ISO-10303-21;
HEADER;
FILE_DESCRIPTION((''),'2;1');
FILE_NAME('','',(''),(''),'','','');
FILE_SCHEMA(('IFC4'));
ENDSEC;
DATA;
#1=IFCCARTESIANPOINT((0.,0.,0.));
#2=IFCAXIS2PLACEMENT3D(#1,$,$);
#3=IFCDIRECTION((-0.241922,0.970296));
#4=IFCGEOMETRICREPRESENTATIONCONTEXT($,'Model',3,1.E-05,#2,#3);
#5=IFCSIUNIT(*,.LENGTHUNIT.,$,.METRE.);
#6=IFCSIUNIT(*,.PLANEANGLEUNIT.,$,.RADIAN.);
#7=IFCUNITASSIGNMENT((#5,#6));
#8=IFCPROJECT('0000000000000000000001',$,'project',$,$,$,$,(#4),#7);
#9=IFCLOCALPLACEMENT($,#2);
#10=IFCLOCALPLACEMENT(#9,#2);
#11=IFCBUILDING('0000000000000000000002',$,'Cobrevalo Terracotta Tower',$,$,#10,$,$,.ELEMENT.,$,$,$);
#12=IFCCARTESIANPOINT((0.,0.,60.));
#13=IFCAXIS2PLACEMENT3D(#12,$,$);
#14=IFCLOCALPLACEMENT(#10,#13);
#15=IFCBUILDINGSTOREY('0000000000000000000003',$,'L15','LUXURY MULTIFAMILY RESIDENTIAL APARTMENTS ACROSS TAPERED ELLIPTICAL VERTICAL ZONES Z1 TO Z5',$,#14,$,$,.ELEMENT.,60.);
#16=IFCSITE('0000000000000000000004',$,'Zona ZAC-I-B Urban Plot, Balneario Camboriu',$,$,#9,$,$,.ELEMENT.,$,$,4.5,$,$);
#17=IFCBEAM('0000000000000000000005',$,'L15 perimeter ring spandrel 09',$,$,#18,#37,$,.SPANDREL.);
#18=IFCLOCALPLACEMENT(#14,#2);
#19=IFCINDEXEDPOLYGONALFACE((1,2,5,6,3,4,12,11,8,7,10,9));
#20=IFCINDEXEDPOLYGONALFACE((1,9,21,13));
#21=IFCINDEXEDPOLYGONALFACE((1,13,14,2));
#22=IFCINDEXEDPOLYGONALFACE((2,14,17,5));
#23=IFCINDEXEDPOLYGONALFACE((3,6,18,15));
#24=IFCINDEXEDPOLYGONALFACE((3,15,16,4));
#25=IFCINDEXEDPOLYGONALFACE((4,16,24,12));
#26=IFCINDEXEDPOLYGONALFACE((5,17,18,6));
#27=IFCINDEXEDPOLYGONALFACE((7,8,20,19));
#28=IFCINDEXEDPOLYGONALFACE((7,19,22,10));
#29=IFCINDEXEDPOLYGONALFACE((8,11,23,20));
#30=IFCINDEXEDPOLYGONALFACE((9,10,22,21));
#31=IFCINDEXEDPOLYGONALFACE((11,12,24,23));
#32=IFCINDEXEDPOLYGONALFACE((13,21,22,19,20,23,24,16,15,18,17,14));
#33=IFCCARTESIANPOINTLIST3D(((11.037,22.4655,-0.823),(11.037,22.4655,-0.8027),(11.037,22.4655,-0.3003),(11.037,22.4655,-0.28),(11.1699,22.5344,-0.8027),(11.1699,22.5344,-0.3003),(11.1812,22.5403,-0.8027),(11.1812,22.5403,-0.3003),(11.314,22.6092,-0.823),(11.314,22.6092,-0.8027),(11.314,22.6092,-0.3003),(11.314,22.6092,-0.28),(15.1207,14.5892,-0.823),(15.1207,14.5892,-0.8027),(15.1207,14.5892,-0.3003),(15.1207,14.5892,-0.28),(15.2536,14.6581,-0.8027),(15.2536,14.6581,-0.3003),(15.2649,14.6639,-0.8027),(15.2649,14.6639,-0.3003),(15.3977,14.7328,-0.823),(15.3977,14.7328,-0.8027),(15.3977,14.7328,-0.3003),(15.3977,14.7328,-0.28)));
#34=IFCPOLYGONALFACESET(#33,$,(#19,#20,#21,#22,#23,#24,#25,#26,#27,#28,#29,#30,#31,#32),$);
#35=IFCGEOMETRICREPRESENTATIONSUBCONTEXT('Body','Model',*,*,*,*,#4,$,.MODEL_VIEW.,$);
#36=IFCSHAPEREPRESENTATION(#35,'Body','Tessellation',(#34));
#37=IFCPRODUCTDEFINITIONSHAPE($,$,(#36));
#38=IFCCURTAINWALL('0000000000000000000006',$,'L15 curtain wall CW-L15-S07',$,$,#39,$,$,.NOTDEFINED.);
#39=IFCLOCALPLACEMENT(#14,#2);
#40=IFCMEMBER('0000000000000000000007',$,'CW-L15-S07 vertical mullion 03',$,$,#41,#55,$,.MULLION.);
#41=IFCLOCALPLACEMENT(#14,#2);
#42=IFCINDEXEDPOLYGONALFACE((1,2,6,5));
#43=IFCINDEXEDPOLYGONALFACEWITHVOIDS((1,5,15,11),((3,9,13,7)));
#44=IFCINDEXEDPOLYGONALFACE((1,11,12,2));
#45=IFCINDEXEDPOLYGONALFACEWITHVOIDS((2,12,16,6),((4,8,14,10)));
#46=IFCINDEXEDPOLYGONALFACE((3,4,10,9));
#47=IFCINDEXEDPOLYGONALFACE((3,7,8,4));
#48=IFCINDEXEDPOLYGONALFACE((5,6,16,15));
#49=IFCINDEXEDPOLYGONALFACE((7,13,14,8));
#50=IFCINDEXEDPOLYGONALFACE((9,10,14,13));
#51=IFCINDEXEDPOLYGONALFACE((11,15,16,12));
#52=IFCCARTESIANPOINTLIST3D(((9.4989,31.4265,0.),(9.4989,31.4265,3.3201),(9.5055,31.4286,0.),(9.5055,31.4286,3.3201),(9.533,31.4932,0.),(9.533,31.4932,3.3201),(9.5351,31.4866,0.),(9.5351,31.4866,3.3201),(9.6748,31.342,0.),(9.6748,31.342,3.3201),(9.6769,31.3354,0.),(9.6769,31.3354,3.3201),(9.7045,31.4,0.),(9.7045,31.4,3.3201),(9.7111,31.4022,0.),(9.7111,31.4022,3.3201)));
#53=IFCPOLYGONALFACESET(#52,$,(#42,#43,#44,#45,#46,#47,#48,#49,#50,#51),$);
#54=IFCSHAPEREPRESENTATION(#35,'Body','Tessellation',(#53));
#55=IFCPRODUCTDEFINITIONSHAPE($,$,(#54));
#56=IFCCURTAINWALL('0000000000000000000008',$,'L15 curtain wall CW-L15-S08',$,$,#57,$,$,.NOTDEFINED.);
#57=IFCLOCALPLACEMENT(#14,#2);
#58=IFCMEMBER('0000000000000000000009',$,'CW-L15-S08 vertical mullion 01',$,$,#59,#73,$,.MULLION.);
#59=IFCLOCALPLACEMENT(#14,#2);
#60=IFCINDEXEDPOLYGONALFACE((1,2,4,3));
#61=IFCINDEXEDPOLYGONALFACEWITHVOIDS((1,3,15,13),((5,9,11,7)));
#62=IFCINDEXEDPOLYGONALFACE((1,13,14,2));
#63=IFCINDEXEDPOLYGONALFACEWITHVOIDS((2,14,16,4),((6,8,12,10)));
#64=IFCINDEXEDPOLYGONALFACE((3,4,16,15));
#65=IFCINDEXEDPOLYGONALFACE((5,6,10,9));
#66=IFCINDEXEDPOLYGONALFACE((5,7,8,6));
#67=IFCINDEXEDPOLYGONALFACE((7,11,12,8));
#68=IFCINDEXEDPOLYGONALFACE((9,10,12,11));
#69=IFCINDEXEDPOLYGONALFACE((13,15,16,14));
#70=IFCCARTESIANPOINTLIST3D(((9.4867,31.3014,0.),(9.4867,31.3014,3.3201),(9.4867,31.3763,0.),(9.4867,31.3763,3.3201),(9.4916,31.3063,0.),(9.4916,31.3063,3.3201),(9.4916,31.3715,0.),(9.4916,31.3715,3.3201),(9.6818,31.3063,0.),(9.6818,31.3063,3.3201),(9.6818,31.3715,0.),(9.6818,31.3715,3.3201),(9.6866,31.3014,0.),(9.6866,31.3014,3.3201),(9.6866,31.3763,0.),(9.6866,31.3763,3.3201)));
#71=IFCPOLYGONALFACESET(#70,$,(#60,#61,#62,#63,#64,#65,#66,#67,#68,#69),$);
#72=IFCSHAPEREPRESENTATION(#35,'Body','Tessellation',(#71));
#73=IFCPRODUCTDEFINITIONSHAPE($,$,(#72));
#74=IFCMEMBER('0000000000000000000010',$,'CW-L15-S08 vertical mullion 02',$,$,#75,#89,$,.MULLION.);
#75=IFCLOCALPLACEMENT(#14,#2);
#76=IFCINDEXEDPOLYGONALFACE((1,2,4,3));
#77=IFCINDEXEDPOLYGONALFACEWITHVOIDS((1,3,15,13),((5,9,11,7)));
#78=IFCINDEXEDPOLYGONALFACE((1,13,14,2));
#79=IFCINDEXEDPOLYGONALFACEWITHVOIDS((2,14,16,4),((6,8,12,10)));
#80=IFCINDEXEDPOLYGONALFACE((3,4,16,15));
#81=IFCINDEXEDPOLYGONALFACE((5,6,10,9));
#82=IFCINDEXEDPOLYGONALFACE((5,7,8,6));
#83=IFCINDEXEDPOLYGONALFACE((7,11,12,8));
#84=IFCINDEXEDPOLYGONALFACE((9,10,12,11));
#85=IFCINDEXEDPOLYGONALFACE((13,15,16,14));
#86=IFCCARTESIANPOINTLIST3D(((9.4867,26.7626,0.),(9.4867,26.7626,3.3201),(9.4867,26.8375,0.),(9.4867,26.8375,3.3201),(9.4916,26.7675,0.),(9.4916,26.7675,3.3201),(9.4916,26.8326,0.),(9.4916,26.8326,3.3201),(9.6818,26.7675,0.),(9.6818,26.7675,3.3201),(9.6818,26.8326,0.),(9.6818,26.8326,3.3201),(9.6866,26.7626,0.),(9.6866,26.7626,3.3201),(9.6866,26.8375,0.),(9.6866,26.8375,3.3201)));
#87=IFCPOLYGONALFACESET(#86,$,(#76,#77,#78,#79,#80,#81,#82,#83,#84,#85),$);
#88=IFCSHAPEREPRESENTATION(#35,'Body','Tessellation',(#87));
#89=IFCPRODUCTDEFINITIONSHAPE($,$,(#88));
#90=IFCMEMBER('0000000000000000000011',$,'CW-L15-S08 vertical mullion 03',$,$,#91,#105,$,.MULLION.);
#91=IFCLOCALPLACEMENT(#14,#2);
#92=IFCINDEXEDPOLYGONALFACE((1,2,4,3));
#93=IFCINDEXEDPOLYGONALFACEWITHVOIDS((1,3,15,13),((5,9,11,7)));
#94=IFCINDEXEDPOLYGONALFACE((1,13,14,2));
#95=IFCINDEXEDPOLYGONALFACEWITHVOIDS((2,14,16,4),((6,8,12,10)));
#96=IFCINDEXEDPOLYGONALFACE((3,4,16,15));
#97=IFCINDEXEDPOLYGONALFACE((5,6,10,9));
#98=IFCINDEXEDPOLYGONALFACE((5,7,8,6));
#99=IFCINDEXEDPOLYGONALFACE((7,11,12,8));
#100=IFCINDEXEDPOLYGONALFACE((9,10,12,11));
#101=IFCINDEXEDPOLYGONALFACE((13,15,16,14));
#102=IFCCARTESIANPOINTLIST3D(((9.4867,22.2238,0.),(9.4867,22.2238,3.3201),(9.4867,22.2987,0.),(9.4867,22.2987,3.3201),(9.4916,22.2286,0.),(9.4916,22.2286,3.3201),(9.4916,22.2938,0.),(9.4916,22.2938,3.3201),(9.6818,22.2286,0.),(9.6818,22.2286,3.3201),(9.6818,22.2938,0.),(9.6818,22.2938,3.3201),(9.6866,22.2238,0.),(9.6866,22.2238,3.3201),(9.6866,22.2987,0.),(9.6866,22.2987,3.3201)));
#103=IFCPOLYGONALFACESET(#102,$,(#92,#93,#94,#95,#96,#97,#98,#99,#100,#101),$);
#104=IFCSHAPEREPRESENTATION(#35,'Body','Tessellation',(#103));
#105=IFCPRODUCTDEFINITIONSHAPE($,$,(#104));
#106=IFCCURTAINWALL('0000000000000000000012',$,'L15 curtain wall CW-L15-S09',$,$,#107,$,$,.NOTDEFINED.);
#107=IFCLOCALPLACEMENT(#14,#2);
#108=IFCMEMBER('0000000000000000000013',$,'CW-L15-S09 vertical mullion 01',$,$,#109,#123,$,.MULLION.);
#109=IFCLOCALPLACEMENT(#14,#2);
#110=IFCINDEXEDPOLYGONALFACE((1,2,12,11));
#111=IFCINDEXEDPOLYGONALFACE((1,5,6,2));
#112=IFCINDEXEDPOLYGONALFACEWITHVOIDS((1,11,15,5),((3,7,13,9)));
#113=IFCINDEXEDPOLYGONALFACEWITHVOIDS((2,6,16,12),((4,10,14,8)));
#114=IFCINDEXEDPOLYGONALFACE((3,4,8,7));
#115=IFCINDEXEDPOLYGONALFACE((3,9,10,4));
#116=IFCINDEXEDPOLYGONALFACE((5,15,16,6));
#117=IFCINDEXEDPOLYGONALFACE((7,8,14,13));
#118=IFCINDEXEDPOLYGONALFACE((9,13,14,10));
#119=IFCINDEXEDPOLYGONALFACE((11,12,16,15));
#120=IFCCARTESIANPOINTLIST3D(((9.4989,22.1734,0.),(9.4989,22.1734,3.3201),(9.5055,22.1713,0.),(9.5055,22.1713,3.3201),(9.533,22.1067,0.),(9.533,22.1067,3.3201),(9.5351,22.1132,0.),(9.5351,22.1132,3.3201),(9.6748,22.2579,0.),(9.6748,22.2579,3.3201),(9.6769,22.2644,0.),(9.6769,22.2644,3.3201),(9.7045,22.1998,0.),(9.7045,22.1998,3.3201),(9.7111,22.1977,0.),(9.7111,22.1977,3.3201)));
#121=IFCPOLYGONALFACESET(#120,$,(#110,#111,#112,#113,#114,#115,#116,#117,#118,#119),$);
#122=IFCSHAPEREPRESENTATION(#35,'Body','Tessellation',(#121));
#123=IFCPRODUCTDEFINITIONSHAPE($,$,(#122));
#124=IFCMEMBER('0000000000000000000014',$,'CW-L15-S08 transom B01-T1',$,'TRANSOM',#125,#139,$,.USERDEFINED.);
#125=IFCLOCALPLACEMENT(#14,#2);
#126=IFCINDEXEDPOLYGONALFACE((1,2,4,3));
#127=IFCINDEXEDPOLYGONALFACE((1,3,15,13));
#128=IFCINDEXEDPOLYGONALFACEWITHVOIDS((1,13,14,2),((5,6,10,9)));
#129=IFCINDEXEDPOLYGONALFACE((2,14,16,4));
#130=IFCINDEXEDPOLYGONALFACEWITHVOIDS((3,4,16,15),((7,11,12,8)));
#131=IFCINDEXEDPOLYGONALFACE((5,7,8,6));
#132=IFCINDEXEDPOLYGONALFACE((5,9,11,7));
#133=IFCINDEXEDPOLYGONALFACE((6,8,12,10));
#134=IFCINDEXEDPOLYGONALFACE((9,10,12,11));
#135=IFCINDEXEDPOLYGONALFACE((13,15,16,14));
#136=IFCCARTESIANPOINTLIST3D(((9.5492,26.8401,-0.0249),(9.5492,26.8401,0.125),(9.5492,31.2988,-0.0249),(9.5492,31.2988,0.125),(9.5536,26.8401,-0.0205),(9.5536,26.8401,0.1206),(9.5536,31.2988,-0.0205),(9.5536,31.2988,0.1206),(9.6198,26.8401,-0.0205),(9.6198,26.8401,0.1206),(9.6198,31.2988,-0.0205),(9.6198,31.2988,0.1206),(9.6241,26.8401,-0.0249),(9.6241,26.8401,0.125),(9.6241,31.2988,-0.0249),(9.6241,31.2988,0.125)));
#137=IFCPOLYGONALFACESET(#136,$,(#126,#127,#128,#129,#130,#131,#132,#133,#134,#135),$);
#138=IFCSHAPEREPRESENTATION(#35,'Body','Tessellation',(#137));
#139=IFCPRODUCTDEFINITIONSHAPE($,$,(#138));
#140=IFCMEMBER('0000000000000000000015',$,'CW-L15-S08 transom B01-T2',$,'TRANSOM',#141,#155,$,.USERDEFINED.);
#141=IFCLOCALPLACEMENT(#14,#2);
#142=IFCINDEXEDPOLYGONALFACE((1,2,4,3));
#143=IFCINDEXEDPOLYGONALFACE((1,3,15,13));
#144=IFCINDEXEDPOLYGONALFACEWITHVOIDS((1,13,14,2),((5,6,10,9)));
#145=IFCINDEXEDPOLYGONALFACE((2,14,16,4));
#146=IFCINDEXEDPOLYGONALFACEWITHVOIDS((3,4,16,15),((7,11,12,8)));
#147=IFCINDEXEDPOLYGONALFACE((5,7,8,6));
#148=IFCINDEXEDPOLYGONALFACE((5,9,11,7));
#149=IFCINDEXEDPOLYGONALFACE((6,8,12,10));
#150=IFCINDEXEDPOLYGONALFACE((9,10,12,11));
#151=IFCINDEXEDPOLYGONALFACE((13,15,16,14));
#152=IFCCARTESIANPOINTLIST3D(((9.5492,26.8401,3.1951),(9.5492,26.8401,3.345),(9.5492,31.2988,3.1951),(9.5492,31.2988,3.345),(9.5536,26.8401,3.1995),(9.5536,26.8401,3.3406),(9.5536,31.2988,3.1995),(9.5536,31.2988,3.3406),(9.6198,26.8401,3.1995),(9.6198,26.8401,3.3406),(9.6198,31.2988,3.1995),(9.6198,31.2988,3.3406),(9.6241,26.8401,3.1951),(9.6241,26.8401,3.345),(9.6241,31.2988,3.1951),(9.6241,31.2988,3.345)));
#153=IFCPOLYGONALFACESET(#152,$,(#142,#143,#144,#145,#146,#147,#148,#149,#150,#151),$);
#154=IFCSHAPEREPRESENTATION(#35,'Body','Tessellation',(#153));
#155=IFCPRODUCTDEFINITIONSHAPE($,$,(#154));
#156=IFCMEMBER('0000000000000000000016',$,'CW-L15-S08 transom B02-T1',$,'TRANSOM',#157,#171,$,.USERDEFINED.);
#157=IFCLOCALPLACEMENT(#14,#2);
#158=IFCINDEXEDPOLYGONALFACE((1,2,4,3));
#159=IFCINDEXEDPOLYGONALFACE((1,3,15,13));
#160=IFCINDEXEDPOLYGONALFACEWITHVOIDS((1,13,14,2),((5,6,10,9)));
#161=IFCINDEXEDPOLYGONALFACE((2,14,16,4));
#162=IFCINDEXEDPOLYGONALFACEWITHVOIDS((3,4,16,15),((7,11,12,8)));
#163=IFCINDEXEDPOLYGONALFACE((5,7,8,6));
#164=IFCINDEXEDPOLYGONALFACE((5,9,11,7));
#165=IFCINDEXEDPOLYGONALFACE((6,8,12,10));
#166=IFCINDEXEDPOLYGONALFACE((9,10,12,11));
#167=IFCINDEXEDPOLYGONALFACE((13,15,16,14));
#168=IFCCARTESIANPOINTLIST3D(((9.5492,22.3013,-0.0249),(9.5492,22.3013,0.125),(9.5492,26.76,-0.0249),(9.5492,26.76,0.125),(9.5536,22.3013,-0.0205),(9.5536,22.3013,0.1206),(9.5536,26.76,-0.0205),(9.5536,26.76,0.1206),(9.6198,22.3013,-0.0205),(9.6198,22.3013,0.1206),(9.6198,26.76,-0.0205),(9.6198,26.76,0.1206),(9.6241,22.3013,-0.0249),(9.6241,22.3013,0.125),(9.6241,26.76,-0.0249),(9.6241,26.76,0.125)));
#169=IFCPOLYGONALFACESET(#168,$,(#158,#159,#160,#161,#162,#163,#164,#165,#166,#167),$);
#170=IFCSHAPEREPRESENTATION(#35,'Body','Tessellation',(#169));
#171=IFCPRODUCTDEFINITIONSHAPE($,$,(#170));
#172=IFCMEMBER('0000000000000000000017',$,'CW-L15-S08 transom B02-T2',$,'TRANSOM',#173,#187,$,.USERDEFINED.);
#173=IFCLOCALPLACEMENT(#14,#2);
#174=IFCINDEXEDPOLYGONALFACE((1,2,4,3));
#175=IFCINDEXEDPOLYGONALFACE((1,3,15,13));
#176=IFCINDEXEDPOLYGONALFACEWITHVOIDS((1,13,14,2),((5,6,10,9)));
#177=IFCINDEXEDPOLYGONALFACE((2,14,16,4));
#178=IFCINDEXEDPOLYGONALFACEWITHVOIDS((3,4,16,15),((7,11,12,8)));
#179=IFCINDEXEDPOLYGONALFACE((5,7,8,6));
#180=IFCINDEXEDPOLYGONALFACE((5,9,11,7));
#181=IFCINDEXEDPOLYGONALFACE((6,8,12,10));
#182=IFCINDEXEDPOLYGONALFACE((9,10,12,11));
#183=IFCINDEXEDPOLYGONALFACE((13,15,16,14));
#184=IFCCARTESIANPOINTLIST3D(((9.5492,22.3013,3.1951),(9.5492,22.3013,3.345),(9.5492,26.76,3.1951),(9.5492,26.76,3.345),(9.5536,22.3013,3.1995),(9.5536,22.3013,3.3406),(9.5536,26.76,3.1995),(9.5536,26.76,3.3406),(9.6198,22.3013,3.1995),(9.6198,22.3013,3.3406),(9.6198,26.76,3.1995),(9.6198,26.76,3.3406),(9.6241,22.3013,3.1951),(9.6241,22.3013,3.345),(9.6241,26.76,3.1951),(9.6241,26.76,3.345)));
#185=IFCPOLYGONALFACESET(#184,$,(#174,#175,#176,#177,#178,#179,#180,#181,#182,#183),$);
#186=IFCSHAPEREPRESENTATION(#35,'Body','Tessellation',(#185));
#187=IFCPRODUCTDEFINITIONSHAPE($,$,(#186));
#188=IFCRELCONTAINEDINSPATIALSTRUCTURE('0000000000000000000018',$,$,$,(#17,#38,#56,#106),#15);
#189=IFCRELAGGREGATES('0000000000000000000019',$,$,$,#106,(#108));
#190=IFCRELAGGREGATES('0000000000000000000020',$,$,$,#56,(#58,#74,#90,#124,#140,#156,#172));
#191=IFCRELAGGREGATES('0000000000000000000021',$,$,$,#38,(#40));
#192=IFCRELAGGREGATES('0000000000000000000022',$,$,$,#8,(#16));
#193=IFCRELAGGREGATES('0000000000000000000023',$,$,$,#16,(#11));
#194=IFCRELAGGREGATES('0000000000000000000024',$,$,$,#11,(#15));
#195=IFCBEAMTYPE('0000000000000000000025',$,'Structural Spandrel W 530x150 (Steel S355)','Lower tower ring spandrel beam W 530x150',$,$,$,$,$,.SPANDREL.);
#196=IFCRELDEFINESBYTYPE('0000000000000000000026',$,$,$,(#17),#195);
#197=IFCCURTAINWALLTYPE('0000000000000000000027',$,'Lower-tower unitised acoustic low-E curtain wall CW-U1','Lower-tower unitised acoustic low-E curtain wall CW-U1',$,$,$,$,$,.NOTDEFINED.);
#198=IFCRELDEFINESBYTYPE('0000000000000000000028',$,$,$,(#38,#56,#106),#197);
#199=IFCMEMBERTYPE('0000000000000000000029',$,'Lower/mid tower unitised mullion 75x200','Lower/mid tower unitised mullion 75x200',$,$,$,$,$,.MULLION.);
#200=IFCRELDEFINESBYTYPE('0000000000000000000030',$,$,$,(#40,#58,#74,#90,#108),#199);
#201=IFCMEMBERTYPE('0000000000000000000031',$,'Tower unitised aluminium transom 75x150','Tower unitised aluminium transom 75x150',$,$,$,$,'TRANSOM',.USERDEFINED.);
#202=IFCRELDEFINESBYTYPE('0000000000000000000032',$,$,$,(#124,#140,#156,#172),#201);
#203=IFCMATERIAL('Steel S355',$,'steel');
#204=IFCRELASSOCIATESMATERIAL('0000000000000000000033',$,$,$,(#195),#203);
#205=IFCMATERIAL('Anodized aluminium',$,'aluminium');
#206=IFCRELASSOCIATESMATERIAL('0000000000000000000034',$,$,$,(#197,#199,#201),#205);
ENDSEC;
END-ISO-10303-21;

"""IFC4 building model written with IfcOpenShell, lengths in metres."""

from ifc_helpers import new_model, si_unit, direction, frame, origin, origin_2d, place, context, subcontext, project, spatial, hollow_rectangle, i_section, extrude, source, transform, mapped, material, material_profile, profile_set, type_object, element, aggregate, save


model = new_model("IFC4")

# Units and contexts
model_context = context("Model", 3, precision=1e-05, world=origin(), true_north=direction((-0.241922, 0.970296)))
body_context = subcontext(model_context, "Body", "Model", "MODEL_VIEW")
ifc_project = project(units=[si_unit("LENGTHUNIT", "METRE"), si_unit("PLANEANGLEUNIT", "RADIAN")], contexts=[model_context])

# Site, building, storey
site_placement = place(None, origin())
site = spatial("IfcSite", under=ifc_project, at=site_placement, Name="Zona ZAC-I-B Urban Plot, Balneario Camboriu", CompositionType="ELEMENT", RefElevation=4.5)
building_placement = place(site_placement, origin())
building = spatial("IfcBuilding", under=site, at=building_placement, Name="Cobrevalo Terracotta Tower", CompositionType="ELEMENT")
storey_placement = place(building_placement, frame((0.0, 0.0, 60.0)))
storey = spatial("IfcBuildingStorey", under=building, at=storey_placement, Name="L15", Description="LUXURY MULTIFAMILY RESIDENTIAL APARTMENTS ACROSS TAPERED ELLIPTICAL VERTICAL ZONES Z1 TO Z5", CompositionType="ELEMENT", Elevation=60.0)

# Shared definitions
ifc_material_1 = material(Name="Steel S355", Category="steel")

# Beam
ifc_material_profile_1 = material_profile(ifc_material_1, i_section(OverallWidth=0.312, OverallDepth=0.543, WebThickness=0.0127, FlangeThickness=0.0203, at=origin_2d()), Name="W 530x150")
ifc_profile_set_1 = profile_set([ifc_material_profile_1], Name="Steel S355")
beam_type_1 = type_object("IfcBeamType", Name="Structural Spandrel W 530x150 (Steel S355)", Description="Lower tower ring spandrel beam W 530x150", PredefinedType="SPANDREL", material=ifc_profile_set_1)
beam_1_placement = place(storey_placement, frame((11.1755, 22.5374, -0.5515), z_axis=(0.460286, -0.887771, 0.0), x_axis=(0.887771, 0.460286, 0.0)))
element("IfcBeam", 1, at=beam_1_placement, inside=storey, type_object=beam_type_1, Name="L15 perimeter ring spandrel 09", PredefinedType="SPANDREL", context=body_context, shape_type="SweptSolid", body=[
    extrude(i_section(OverallWidth=0.312, OverallDepth=0.543, WebThickness=0.0127, FlangeThickness=0.0203, at=origin_2d()), origin(), (0.0, 0.0, 1.0), 8.8721),
])

# Curtain wall, member
ifc_material_2 = material(Name="Anodized aluminium", Category="aluminium")
curtain_wall_type = type_object("IfcCurtainWallType", Name="Lower-tower unitised acoustic low-E curtain wall CW-U1", Description="Lower-tower unitised acoustic low-E curtain wall CW-U1", PredefinedType="NOTDEFINED", material=ifc_material_2)
curtain_wall_1_placement = place(storey_placement, origin())
curtain_wall_1 = element("IfcCurtainWall", 2, at=curtain_wall_1_placement, inside=storey, type_object=curtain_wall_type, Name="L15 curtain wall CW-L15-S07", PredefinedType="NOTDEFINED")
ifc_material_profile_2 = material_profile(ifc_material_2, hollow_rectangle(XDim=0.075, YDim=0.2, WallThickness=0.0049, at=origin_2d()), Name="CWM 75x200")
ifc_profile_set_2 = profile_set([ifc_material_profile_2], Name="Anodized aluminium")
member_type_1 = type_object("IfcMemberType", Name="Lower/mid tower unitised mullion 75x200", Description="Lower/mid tower unitised mullion 75x200", PredefinedType="MULLION", material=ifc_profile_set_2)
shared_shape_1 = source(origin(), body_context, "Body", "SweptSolid", [
    extrude(hollow_rectangle(XDim=0.075, YDim=0.2, WallThickness=0.0049, at=origin_2d()), origin(), (0.0, 0.0, 1.0), 3.3201),
])
member_1_placement = place(storey_placement, frame((9.605, 31.4143, 0.0), z_axis=(0.0, 0.0, 1.0), x_axis=(-0.455234, -0.890372, 0.0)))
member_1 = element("IfcMember", 3, at=member_1_placement, type_object=member_type_1, Name="CW-L15-S07 vertical mullion 03", PredefinedType="MULLION", context=body_context, shape_type="MappedRepresentation", body=[
    mapped(shared_shape_1, transform((0.0, 0.0, 0.0), scale=1.0)),
])

# Curtain wall, members
curtain_wall_2_placement = place(storey_placement, origin())
curtain_wall_2 = element("IfcCurtainWall", 4, at=curtain_wall_2_placement, inside=storey, type_object=curtain_wall_type, Name="L15 curtain wall CW-L15-S08", PredefinedType="NOTDEFINED")
member_2_placement = place(storey_placement, frame((9.5867, 31.3389, 0.0), z_axis=(0.0, 0.0, 1.0), x_axis=(0.0, -1.0, 0.0)))
member_2 = element("IfcMember", 5, at=member_2_placement, type_object=member_type_1, Name="CW-L15-S08 vertical mullion 01", PredefinedType="MULLION", context=body_context, shape_type="MappedRepresentation", body=[
    mapped(shared_shape_1, transform((0.0, 0.0, 0.0), scale=1.0)),
])
member_3_placement = place(storey_placement, frame((9.5867, 26.8, 0.0), z_axis=(0.0, 0.0, 1.0), x_axis=(0.0, -1.0, 0.0)))
member_3 = element("IfcMember", 6, at=member_3_placement, type_object=member_type_1, Name="CW-L15-S08 vertical mullion 02", PredefinedType="MULLION", context=body_context, shape_type="MappedRepresentation", body=[
    mapped(shared_shape_1, transform((0.0, 0.0, 0.0), scale=1.0)),
])
member_4_placement = place(storey_placement, frame((9.5867, 22.2612, 0.0), z_axis=(0.0, 0.0, 1.0), x_axis=(0.0, -1.0, 0.0)))
member_4 = element("IfcMember", 7, at=member_4_placement, type_object=member_type_1, Name="CW-L15-S08 vertical mullion 03", PredefinedType="MULLION", context=body_context, shape_type="MappedRepresentation", body=[
    mapped(shared_shape_1, transform((0.0, 0.0, 0.0), scale=1.0)),
])

# Curtain wall, member
curtain_wall_3_placement = place(storey_placement, origin())
curtain_wall_3 = element("IfcCurtainWall", 8, at=curtain_wall_3_placement, inside=storey, type_object=curtain_wall_type, Name="L15 curtain wall CW-L15-S09", PredefinedType="NOTDEFINED")
member_5_placement = place(storey_placement, frame((9.605, 22.1855, 0.0), z_axis=(0.0, 0.0, 1.0), x_axis=(0.455234, -0.890372, 0.0)))
member_5 = element("IfcMember", 9, at=member_5_placement, type_object=member_type_1, Name="CW-L15-S09 vertical mullion 01", PredefinedType="MULLION", context=body_context, shape_type="MappedRepresentation", body=[
    mapped(shared_shape_1, transform((0.0, 0.0, 0.0), scale=1.0)),
])
aggregate(curtain_wall_3, [member_5])

# Members
ifc_material_profile_3 = material_profile(ifc_material_2, hollow_rectangle(XDim=0.075, YDim=0.1499, WallThickness=0.0044, at=origin_2d()), Name="CWT 75x150")
ifc_profile_set_3 = profile_set([ifc_material_profile_3], Name="Anodized aluminium")
member_type_2 = type_object("IfcMemberType", Name="Tower unitised aluminium transom 75x150", Description="Tower unitised aluminium transom 75x150", ElementType="TRANSOM", PredefinedType="USERDEFINED", material=ifc_profile_set_3)
shared_shape_2 = source(origin(), body_context, "Body", "SweptSolid", [
    extrude(hollow_rectangle(XDim=0.075, YDim=0.1499, WallThickness=0.0044, at=origin_2d()), origin(), (0.0, 0.0, 1.0), 4.4587),
])
member_6_placement = place(storey_placement, frame((9.5867, 31.2988, 0.05), z_axis=(0.0, -1.0, 0.0), x_axis=(1.0, 0.0, 0.0)))
member_6 = element("IfcMember", 10, at=member_6_placement, type_object=member_type_2, Name="CW-L15-S08 transom B01-T1", ObjectType="TRANSOM", PredefinedType="USERDEFINED", context=body_context, shape_type="MappedRepresentation", body=[
    mapped(shared_shape_2, transform((0.0, 0.0, 0.0), scale=1.0)),
])
member_7_placement = place(storey_placement, frame((9.5867, 31.2988, 3.27), z_axis=(0.0, -1.0, 0.0), x_axis=(1.0, 0.0, 0.0)))
member_7 = element("IfcMember", 11, at=member_7_placement, type_object=member_type_2, Name="CW-L15-S08 transom B01-T2", ObjectType="TRANSOM", PredefinedType="USERDEFINED", context=body_context, shape_type="MappedRepresentation", body=[
    mapped(shared_shape_2, transform((0.0, 0.0, 0.0), scale=1.0)),
])
member_8_placement = place(storey_placement, frame((9.5867, 26.76, 0.05), z_axis=(0.0, -1.0, 0.0), x_axis=(1.0, 0.0, 0.0)))
member_8 = element("IfcMember", 12, at=member_8_placement, type_object=member_type_2, Name="CW-L15-S08 transom B02-T1", ObjectType="TRANSOM", PredefinedType="USERDEFINED", context=body_context, shape_type="MappedRepresentation", body=[
    mapped(shared_shape_2, transform((0.0, 0.0, 0.0), scale=1.0)),
])
member_9_placement = place(storey_placement, frame((9.5867, 26.76, 3.27), z_axis=(0.0, -1.0, 0.0), x_axis=(1.0, 0.0, 0.0)))
member_9 = element("IfcMember", 13, at=member_9_placement, type_object=member_type_2, Name="CW-L15-S08 transom B02-T2", ObjectType="TRANSOM", PredefinedType="USERDEFINED", context=body_context, shape_type="MappedRepresentation", body=[
    mapped(shared_shape_2, transform((0.0, 0.0, 0.0), scale=1.0)),
])

aggregate(curtain_wall_2, [member_2, member_3, member_4, member_6, member_7, member_8, member_9])
aggregate(curtain_wall_1, [member_1])

save(model, "model.ifc")
